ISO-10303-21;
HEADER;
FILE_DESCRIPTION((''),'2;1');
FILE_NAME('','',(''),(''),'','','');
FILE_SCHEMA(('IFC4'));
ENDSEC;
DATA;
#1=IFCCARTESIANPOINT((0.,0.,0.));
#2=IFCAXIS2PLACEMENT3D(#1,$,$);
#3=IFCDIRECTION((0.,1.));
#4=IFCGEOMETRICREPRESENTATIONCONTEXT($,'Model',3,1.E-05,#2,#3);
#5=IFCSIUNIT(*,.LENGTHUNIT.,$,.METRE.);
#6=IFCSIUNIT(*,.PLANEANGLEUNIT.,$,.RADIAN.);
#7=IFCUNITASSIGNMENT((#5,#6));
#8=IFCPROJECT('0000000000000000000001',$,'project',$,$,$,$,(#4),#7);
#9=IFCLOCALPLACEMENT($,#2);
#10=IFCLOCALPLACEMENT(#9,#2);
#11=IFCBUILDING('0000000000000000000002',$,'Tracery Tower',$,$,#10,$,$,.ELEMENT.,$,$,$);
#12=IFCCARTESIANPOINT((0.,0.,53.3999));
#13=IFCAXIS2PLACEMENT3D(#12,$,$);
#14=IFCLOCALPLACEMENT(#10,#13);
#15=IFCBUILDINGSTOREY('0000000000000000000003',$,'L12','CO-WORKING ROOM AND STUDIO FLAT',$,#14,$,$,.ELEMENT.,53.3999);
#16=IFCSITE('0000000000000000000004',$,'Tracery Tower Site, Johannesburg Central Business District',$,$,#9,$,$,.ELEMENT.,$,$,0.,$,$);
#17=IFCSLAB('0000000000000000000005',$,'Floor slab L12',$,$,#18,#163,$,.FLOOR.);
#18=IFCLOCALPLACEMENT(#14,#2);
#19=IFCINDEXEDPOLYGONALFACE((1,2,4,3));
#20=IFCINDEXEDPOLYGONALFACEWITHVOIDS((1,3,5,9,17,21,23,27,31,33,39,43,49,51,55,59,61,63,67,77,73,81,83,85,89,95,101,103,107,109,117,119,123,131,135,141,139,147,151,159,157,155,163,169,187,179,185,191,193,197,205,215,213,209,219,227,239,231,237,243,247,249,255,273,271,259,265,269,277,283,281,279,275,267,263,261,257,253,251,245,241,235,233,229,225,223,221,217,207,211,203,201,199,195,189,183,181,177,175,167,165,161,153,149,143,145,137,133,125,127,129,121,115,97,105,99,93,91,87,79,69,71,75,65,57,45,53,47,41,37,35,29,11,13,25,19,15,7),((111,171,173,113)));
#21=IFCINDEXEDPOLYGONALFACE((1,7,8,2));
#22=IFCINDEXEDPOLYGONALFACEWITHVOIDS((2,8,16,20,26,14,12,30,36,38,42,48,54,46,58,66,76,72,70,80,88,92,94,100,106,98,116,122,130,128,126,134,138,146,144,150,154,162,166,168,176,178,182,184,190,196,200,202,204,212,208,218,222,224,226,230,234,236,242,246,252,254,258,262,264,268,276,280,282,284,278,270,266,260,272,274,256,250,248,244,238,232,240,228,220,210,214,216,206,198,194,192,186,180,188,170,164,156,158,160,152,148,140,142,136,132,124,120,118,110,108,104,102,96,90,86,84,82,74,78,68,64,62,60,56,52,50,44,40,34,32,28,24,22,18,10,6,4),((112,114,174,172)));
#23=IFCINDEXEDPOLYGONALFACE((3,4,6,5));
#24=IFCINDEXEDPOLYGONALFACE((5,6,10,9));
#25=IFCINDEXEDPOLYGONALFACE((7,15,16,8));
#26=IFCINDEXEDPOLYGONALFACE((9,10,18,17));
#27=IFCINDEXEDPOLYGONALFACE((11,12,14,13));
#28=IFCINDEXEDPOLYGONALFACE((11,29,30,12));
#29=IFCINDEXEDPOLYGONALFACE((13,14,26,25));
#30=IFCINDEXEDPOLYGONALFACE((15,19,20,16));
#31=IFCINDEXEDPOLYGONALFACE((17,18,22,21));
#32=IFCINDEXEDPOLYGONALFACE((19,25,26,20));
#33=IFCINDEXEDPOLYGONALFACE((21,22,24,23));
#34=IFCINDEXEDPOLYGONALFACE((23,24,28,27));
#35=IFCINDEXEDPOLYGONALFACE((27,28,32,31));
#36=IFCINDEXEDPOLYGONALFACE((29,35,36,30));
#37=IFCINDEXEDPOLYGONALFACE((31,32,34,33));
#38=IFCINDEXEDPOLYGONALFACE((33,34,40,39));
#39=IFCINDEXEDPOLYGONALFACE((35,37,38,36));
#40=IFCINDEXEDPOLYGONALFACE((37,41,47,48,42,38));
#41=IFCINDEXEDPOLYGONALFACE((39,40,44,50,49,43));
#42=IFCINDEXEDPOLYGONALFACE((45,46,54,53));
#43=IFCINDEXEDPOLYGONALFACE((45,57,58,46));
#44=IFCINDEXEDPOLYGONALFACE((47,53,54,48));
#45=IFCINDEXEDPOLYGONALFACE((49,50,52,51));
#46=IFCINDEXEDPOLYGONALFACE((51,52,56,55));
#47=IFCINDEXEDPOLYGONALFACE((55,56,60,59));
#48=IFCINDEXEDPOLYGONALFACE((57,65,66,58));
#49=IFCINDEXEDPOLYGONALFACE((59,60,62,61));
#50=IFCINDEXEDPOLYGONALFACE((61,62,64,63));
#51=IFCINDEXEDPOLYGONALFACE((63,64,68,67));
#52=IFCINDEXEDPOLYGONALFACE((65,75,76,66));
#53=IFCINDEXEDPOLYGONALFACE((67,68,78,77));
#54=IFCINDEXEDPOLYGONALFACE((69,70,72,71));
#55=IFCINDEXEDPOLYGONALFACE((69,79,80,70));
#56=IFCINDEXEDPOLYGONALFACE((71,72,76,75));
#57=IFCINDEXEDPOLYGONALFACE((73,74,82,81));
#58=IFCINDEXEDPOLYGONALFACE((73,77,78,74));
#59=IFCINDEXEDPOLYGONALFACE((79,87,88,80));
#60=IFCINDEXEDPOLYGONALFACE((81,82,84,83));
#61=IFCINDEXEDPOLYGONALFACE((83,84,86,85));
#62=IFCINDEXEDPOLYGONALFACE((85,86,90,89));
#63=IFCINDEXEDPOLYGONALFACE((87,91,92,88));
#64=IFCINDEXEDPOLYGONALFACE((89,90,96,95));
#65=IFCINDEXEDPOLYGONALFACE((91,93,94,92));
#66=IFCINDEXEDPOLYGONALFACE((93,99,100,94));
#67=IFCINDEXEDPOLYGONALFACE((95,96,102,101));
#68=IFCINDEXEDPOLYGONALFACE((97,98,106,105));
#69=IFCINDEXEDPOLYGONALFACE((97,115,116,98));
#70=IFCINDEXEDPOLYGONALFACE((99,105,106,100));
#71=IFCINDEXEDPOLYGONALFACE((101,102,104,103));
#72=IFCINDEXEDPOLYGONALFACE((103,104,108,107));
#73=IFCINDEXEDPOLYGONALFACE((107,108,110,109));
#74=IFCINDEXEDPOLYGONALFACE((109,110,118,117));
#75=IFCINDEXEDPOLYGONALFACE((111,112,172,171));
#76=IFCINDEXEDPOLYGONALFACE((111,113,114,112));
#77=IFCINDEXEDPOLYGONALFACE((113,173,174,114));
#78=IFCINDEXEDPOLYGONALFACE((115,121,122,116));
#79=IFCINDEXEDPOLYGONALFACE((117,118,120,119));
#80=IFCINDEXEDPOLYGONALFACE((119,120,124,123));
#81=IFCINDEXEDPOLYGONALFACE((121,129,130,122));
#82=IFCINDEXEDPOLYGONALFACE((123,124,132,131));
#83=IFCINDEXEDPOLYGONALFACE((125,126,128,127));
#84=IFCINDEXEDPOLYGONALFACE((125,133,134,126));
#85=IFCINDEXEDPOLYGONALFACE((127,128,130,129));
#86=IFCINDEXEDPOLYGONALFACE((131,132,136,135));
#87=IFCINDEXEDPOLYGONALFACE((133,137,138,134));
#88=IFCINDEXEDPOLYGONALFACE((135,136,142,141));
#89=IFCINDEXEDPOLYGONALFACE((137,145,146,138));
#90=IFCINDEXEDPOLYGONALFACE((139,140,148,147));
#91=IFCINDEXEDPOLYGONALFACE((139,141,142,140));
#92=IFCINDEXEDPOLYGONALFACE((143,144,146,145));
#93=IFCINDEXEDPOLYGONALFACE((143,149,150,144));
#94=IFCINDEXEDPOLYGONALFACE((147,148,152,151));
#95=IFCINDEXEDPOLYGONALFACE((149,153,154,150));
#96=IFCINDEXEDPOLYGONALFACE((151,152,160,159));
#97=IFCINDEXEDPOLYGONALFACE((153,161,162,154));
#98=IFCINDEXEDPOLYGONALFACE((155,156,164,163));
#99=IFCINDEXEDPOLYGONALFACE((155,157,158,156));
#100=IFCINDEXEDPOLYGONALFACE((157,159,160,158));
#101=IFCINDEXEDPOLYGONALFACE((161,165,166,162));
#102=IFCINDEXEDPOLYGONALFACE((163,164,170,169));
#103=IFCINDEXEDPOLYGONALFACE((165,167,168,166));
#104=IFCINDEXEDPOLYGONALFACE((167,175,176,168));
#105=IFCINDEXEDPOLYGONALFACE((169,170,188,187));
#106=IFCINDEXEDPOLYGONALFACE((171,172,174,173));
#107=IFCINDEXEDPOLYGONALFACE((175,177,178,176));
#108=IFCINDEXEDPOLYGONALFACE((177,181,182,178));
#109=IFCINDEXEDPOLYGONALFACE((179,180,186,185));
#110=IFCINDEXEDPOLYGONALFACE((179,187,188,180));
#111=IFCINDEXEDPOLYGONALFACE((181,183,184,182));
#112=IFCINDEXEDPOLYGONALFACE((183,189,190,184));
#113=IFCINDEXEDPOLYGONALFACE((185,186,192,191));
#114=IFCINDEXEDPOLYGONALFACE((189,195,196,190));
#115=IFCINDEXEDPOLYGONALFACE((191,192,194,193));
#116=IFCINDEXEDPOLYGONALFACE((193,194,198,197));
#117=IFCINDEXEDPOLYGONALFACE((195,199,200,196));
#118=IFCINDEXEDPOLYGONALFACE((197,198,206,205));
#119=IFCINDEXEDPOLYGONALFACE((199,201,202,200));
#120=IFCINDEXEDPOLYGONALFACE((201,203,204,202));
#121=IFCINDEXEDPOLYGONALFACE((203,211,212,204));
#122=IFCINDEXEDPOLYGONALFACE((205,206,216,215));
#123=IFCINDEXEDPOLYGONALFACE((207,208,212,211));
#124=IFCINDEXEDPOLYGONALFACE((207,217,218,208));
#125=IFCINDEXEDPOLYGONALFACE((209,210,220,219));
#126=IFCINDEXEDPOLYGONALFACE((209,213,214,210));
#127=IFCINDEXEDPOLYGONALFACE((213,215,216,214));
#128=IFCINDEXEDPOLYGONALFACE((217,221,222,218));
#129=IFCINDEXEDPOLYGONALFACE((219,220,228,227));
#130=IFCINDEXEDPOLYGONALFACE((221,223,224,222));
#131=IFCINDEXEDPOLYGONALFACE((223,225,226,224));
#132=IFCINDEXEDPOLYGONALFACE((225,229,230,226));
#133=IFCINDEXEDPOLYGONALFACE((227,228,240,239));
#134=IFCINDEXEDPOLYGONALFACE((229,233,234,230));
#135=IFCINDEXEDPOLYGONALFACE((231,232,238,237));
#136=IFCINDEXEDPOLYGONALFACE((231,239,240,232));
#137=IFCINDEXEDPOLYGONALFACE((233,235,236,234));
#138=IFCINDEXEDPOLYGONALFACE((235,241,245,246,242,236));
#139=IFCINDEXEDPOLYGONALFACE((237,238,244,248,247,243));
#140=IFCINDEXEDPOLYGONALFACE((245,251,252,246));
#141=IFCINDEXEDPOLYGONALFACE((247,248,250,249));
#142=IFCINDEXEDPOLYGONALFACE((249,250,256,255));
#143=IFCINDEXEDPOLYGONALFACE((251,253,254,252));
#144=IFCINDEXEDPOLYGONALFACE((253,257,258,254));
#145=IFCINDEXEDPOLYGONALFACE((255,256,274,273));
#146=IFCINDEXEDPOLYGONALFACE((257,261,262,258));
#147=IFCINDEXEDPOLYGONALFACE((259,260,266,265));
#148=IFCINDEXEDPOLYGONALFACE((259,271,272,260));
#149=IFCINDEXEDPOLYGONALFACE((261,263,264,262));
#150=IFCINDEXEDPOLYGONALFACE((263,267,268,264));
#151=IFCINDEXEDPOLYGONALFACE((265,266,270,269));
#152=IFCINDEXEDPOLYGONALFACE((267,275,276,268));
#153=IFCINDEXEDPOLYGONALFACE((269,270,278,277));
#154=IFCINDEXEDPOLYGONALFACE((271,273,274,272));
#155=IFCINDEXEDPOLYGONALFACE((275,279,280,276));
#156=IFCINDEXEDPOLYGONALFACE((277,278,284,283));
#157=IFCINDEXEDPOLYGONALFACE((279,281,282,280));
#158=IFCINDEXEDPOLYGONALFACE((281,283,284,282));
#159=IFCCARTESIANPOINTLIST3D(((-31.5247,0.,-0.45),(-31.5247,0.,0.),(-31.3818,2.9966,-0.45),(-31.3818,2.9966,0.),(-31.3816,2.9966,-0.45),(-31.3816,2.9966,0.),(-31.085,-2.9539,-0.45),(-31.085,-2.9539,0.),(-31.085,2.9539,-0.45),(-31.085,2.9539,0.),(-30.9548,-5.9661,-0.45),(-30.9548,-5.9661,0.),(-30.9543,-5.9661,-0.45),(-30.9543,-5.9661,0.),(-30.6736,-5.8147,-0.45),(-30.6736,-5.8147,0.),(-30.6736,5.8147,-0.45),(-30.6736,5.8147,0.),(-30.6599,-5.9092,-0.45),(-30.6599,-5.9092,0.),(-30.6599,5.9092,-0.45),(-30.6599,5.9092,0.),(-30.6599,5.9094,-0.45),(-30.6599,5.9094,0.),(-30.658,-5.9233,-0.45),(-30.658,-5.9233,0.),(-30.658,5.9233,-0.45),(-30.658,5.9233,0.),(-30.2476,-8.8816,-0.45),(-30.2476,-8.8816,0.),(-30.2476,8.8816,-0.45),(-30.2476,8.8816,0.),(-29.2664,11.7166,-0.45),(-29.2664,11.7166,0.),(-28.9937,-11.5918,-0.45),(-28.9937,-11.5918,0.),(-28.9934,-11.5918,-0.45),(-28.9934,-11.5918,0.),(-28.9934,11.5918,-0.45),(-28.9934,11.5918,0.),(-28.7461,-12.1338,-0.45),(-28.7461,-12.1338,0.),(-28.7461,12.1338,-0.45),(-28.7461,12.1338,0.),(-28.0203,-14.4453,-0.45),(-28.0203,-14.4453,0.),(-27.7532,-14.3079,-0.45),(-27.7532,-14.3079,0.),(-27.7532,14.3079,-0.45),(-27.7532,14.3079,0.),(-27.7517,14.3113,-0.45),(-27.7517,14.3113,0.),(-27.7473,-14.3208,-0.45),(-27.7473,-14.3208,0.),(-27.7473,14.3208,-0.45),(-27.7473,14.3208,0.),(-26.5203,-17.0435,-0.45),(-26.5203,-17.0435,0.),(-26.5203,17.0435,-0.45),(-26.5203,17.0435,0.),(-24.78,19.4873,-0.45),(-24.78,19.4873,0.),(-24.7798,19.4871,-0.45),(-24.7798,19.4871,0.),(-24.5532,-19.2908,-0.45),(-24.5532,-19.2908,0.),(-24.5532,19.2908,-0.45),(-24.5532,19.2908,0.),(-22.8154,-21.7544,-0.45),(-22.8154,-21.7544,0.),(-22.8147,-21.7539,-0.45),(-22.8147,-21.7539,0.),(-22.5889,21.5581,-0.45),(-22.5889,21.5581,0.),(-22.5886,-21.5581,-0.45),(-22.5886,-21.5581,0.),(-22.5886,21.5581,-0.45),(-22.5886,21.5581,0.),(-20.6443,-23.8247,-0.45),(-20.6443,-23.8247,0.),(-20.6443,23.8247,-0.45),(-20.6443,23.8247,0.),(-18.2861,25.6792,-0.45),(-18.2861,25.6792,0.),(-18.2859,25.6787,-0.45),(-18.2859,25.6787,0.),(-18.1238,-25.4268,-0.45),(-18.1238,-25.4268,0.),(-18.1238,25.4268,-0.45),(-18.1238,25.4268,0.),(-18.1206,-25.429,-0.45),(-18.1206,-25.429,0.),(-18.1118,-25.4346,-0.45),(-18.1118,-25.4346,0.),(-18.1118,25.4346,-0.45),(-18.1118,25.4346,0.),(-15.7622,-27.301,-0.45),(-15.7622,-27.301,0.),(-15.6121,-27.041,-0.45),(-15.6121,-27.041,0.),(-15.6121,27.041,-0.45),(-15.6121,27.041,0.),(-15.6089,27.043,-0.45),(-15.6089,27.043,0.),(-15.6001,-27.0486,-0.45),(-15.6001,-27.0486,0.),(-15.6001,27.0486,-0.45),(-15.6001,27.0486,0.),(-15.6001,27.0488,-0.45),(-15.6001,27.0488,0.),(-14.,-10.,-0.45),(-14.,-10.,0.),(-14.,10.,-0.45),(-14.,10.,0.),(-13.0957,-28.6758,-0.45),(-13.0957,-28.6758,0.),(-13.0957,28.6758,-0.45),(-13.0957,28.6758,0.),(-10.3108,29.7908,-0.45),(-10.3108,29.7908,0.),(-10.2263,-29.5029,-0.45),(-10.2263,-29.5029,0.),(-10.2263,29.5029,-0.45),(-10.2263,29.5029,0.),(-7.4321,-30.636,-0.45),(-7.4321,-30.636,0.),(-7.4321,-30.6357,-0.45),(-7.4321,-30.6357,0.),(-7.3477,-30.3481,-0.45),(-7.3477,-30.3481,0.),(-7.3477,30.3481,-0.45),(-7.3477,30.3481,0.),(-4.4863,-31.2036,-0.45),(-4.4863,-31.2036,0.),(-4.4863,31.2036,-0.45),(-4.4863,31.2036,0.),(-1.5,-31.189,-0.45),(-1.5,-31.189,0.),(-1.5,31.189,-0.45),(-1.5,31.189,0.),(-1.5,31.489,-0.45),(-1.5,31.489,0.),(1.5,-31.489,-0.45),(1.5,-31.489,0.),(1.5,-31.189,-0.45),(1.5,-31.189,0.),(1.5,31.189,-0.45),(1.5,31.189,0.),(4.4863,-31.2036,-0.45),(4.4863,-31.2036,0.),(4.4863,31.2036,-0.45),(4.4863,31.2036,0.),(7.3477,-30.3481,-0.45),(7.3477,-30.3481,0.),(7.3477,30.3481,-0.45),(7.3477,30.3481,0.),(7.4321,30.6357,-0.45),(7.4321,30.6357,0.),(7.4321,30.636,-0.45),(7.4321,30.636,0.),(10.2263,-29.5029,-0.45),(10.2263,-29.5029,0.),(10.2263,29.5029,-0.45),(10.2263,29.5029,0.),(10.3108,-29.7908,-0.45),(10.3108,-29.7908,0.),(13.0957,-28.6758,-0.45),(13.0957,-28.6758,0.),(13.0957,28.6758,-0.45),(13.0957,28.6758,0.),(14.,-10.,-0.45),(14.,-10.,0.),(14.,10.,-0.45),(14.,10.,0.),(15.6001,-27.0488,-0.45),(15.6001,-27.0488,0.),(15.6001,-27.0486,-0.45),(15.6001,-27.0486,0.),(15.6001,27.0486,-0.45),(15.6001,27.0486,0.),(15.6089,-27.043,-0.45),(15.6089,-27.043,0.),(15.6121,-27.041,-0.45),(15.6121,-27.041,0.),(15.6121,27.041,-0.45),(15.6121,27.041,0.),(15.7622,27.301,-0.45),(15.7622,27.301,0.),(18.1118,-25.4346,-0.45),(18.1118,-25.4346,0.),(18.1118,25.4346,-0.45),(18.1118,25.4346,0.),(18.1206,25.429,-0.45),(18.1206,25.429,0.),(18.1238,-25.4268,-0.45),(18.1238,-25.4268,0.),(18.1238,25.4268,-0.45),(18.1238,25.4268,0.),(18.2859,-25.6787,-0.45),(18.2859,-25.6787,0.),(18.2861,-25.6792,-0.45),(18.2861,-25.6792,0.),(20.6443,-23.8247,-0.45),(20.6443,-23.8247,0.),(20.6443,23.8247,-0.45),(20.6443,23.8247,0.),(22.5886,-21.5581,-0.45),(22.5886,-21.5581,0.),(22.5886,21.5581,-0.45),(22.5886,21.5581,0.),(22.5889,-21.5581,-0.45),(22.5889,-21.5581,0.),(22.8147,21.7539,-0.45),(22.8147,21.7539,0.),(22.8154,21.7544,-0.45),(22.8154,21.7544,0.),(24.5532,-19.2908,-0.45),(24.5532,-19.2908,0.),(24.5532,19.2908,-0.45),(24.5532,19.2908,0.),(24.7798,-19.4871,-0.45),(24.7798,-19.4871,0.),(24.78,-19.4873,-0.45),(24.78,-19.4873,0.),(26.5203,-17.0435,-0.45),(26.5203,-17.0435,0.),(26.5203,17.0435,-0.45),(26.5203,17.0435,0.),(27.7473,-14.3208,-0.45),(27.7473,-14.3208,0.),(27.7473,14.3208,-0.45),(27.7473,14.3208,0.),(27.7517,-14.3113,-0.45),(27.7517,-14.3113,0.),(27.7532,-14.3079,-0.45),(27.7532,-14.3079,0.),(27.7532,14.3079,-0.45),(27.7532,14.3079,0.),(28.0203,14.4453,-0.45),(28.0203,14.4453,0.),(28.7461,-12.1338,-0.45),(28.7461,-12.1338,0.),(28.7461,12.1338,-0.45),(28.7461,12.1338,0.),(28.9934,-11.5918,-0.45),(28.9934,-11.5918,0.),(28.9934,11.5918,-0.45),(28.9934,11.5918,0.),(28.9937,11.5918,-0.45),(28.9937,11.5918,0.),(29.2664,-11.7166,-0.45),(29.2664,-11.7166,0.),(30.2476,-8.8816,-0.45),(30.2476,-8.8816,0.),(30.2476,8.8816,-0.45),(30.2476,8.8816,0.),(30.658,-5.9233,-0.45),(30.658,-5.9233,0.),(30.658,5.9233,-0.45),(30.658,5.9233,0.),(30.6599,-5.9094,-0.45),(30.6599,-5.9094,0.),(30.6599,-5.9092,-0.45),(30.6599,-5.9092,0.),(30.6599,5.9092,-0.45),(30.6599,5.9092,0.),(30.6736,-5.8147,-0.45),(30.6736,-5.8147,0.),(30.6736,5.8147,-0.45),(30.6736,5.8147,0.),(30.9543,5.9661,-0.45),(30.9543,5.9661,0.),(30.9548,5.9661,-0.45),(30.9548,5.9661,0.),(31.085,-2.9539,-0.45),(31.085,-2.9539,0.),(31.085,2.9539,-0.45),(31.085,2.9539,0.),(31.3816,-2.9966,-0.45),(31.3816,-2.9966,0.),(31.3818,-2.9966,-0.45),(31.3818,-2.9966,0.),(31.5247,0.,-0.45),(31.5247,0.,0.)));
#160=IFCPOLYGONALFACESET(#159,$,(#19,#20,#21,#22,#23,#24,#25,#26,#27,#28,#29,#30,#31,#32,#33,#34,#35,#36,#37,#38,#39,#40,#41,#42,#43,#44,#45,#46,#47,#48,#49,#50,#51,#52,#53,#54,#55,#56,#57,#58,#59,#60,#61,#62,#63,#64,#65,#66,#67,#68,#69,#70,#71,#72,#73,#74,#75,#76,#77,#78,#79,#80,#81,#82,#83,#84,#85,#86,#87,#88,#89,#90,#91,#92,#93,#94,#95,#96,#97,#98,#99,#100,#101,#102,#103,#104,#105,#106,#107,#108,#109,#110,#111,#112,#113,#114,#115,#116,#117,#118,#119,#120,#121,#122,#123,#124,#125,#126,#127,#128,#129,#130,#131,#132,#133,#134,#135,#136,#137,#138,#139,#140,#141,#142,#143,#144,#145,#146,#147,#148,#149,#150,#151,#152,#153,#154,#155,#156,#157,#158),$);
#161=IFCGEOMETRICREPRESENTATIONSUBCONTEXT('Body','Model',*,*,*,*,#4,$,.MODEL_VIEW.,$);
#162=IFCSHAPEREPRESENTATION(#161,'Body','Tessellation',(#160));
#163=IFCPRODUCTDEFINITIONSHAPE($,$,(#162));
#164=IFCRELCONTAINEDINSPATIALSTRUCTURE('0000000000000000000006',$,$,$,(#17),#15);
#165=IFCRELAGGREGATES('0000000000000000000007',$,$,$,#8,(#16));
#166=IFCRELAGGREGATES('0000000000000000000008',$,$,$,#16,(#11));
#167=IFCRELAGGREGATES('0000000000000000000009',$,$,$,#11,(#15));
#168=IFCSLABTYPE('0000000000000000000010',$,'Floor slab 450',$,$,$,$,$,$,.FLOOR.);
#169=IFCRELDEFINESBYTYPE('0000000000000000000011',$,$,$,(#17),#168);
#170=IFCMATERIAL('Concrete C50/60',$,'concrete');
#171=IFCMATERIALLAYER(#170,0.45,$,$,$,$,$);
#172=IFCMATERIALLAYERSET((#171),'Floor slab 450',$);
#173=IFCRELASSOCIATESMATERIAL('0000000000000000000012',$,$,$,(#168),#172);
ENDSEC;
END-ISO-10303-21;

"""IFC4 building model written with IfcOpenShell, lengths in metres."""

from ifc_helpers import new_model, si_unit, direction, frame, origin, place, context, subcontext, project, spatial, polyline, outline, extrude, material, layer, layer_set, type_object, element, save


model = new_model("IFC4")

# Units and contexts
model_context = context("Model", 3, precision=1e-05, world=origin(), true_north=direction((0.0, 1.0)))
body_context = subcontext(model_context, "Body", "Model", "MODEL_VIEW")
ifc_project = project(units=[si_unit("LENGTHUNIT", "METRE"), si_unit("PLANEANGLEUNIT", "RADIAN")], contexts=[model_context])

# Site, building, storey
site_placement = place(None, origin())
site = spatial("IfcSite", under=ifc_project, at=site_placement, Name="Tracery Tower Site, Johannesburg Central Business District", CompositionType="ELEMENT", RefElevation=0.0)
building_placement = place(site_placement, origin())
building = spatial("IfcBuilding", under=site, at=building_placement, Name="Tracery Tower", CompositionType="ELEMENT")
storey_placement = place(building_placement, frame((0.0, 0.0, 53.3999)))
storey = spatial("IfcBuildingStorey", under=building, at=storey_placement, Name="L12", Description="CO-WORKING ROOM AND STUDIO FLAT", CompositionType="ELEMENT", Elevation=53.3999)

# Slab
ifc_material_1 = material(Name="Concrete C50/60", Category="concrete")
ifc_layer_1 = layer(ifc_material_1, 0.45)
ifc_layer_set_1 = layer_set([ifc_layer_1], Name="Floor slab 450")
slab_type = type_object("IfcSlabType", Name="Floor slab 450", PredefinedType="FLOOR", material=ifc_layer_set_1)
slab_placement = place(storey_placement, frame((0.0, 0.0, -0.45)))
element("IfcSlab", 1, at=slab_placement, inside=storey, type_object=slab_type, Name="Floor slab L12", PredefinedType="FLOOR", context=body_context, shape_type="SweptSolid", body=[
    extrude(outline(polyline([(31.085, 2.9539), (31.085, 2.9539), (30.6736, 5.8147), (30.6599, 5.9092), (30.6599, 5.9092), (30.658, 5.9233), (30.9543, 5.9661), (30.9548, 5.9661), (30.2476, 8.8816), (28.9937, 11.5918), (28.9934, 11.5918), (28.7461, 12.1338), (27.7532, 14.3079), (27.7532, 14.3079), (27.7473, 14.3208), (28.0203, 14.4453), (26.5203, 17.0435), (24.5532, 19.2908), (24.5532, 19.2908), (22.5886, 21.5581), (22.8147, 21.7539), (22.8154, 21.7544), (20.6443, 23.8247), (18.1238, 25.4268), (18.1238, 25.4268), (18.1206, 25.429), (18.1118, 25.4346), (15.6121, 27.041), (15.6121, 27.041), (15.6001, 27.0486), (15.7622, 27.301), (13.0957, 28.6758), (10.2263, 29.5029), (10.2263, 29.5029), (7.3477, 30.3481), (7.4321, 30.6357), (7.4321, 30.636), (4.4863, 31.2036), (1.5, 31.189), (1.5, 31.189), (-1.5, 31.189), (-1.5, 31.489), (-4.4863, 31.2036), (-7.3477, 30.3481), (-7.3477, 30.3481), (-10.2263, 29.5029), (-10.3108, 29.7908), (-10.3108, 29.7908), (-13.0957, 28.6758), (-15.6001, 27.0488), (-15.6001, 27.0486), (-15.6089, 27.043), (-15.6121, 27.041), (-18.1118, 25.4346), (-18.1118, 25.4346), (-18.1238, 25.4268), (-18.2859, 25.6787), (-18.2861, 25.6792), (-20.6443, 23.8247), (-22.5889, 21.5581), (-22.5886, 21.5581), (-24.5532, 19.2908), (-24.7798, 19.4871), (-24.78, 19.4873), (-26.5203, 17.0435), (-27.7473, 14.3208), (-27.7473, 14.3208), (-27.7517, 14.3113), (-27.7532, 14.3079), (-28.7461, 12.1338), (-28.9934, 11.5918), (-29.2664, 11.7166), (-30.2476, 8.8816), (-30.658, 5.9233), (-30.658, 5.9233), (-30.6599, 5.9094), (-30.6599, 5.9092), (-30.6736, 5.8147), (-31.085, 2.9539), (-31.3816, 2.9966), (-31.3818, 2.9966), (-31.5247, 0.0), (-31.085, -2.9539), (-31.085, -2.9539), (-30.6736, -5.8147), (-30.6599, -5.9092), (-30.6599, -5.9092), (-30.658, -5.9233), (-30.9543, -5.9661), (-30.9548, -5.9661), (-30.2476, -8.8816), (-28.9937, -11.5918), (-28.9934, -11.5918), (-28.7461, -12.1338), (-27.7532, -14.3079), (-27.7532, -14.3079), (-27.7473, -14.3208), (-28.0203, -14.4453), (-26.5203, -17.0435), (-24.5532, -19.2908), (-24.5532, -19.2908), (-22.5886, -21.5581), (-22.8147, -21.7539), (-22.8154, -21.7544), (-20.6443, -23.8247), (-18.1238, -25.4268), (-18.1238, -25.4268), (-18.1206, -25.429), (-18.1118, -25.4346), (-15.6121, -27.041), (-15.6121, -27.041), (-15.6001, -27.0486), (-15.7622, -27.301), (-13.0957, -28.6758), (-10.2263, -29.5029), (-10.2263, -29.5029), (-7.3477, -30.3481), (-7.4321, -30.6357), (-7.4321, -30.636), (-4.4863, -31.2036), (-1.5, -31.189), (-1.5, -31.189), (1.5, -31.189), (1.5, -31.489), (4.4863, -31.2036), (7.3477, -30.3481), (7.3477, -30.3481), (10.2263, -29.5029), (10.3108, -29.7908), (10.3108, -29.7908), (13.0957, -28.6758), (15.6001, -27.0488), (15.6001, -27.0486), (15.6089, -27.043), (15.6121, -27.041), (18.1118, -25.4346), (18.1118, -25.4346), (18.1238, -25.4268), (18.2859, -25.6787), (18.2861, -25.6792), (20.6443, -23.8247), (22.5889, -21.5581), (22.5886, -21.5581), (24.5532, -19.2908), (24.7798, -19.4871), (24.78, -19.4873), (26.5203, -17.0435), (27.7473, -14.3208), (27.7473, -14.3208), (27.7517, -14.3113), (27.7532, -14.3079), (28.7461, -12.1338), (28.9934, -11.5918), (29.2664, -11.7166), (30.2476, -8.8816), (30.658, -5.9233), (30.658, -5.9233), (30.6599, -5.9094), (30.6599, -5.9092), (30.6736, -5.8147), (31.085, -2.9539), (31.3816, -2.9966), (31.3818, -2.9966), (31.5247, 0.0), (31.085, 2.9539)]), holes=[polyline([(-14.0, -10.0), (14.0, -10.0), (14.0, 10.0), (-14.0, 10.0), (-14.0, -10.0)])]), origin(), (0.0, 0.0, 1.0), 0.45),
])

save(model, "model.ifc")
